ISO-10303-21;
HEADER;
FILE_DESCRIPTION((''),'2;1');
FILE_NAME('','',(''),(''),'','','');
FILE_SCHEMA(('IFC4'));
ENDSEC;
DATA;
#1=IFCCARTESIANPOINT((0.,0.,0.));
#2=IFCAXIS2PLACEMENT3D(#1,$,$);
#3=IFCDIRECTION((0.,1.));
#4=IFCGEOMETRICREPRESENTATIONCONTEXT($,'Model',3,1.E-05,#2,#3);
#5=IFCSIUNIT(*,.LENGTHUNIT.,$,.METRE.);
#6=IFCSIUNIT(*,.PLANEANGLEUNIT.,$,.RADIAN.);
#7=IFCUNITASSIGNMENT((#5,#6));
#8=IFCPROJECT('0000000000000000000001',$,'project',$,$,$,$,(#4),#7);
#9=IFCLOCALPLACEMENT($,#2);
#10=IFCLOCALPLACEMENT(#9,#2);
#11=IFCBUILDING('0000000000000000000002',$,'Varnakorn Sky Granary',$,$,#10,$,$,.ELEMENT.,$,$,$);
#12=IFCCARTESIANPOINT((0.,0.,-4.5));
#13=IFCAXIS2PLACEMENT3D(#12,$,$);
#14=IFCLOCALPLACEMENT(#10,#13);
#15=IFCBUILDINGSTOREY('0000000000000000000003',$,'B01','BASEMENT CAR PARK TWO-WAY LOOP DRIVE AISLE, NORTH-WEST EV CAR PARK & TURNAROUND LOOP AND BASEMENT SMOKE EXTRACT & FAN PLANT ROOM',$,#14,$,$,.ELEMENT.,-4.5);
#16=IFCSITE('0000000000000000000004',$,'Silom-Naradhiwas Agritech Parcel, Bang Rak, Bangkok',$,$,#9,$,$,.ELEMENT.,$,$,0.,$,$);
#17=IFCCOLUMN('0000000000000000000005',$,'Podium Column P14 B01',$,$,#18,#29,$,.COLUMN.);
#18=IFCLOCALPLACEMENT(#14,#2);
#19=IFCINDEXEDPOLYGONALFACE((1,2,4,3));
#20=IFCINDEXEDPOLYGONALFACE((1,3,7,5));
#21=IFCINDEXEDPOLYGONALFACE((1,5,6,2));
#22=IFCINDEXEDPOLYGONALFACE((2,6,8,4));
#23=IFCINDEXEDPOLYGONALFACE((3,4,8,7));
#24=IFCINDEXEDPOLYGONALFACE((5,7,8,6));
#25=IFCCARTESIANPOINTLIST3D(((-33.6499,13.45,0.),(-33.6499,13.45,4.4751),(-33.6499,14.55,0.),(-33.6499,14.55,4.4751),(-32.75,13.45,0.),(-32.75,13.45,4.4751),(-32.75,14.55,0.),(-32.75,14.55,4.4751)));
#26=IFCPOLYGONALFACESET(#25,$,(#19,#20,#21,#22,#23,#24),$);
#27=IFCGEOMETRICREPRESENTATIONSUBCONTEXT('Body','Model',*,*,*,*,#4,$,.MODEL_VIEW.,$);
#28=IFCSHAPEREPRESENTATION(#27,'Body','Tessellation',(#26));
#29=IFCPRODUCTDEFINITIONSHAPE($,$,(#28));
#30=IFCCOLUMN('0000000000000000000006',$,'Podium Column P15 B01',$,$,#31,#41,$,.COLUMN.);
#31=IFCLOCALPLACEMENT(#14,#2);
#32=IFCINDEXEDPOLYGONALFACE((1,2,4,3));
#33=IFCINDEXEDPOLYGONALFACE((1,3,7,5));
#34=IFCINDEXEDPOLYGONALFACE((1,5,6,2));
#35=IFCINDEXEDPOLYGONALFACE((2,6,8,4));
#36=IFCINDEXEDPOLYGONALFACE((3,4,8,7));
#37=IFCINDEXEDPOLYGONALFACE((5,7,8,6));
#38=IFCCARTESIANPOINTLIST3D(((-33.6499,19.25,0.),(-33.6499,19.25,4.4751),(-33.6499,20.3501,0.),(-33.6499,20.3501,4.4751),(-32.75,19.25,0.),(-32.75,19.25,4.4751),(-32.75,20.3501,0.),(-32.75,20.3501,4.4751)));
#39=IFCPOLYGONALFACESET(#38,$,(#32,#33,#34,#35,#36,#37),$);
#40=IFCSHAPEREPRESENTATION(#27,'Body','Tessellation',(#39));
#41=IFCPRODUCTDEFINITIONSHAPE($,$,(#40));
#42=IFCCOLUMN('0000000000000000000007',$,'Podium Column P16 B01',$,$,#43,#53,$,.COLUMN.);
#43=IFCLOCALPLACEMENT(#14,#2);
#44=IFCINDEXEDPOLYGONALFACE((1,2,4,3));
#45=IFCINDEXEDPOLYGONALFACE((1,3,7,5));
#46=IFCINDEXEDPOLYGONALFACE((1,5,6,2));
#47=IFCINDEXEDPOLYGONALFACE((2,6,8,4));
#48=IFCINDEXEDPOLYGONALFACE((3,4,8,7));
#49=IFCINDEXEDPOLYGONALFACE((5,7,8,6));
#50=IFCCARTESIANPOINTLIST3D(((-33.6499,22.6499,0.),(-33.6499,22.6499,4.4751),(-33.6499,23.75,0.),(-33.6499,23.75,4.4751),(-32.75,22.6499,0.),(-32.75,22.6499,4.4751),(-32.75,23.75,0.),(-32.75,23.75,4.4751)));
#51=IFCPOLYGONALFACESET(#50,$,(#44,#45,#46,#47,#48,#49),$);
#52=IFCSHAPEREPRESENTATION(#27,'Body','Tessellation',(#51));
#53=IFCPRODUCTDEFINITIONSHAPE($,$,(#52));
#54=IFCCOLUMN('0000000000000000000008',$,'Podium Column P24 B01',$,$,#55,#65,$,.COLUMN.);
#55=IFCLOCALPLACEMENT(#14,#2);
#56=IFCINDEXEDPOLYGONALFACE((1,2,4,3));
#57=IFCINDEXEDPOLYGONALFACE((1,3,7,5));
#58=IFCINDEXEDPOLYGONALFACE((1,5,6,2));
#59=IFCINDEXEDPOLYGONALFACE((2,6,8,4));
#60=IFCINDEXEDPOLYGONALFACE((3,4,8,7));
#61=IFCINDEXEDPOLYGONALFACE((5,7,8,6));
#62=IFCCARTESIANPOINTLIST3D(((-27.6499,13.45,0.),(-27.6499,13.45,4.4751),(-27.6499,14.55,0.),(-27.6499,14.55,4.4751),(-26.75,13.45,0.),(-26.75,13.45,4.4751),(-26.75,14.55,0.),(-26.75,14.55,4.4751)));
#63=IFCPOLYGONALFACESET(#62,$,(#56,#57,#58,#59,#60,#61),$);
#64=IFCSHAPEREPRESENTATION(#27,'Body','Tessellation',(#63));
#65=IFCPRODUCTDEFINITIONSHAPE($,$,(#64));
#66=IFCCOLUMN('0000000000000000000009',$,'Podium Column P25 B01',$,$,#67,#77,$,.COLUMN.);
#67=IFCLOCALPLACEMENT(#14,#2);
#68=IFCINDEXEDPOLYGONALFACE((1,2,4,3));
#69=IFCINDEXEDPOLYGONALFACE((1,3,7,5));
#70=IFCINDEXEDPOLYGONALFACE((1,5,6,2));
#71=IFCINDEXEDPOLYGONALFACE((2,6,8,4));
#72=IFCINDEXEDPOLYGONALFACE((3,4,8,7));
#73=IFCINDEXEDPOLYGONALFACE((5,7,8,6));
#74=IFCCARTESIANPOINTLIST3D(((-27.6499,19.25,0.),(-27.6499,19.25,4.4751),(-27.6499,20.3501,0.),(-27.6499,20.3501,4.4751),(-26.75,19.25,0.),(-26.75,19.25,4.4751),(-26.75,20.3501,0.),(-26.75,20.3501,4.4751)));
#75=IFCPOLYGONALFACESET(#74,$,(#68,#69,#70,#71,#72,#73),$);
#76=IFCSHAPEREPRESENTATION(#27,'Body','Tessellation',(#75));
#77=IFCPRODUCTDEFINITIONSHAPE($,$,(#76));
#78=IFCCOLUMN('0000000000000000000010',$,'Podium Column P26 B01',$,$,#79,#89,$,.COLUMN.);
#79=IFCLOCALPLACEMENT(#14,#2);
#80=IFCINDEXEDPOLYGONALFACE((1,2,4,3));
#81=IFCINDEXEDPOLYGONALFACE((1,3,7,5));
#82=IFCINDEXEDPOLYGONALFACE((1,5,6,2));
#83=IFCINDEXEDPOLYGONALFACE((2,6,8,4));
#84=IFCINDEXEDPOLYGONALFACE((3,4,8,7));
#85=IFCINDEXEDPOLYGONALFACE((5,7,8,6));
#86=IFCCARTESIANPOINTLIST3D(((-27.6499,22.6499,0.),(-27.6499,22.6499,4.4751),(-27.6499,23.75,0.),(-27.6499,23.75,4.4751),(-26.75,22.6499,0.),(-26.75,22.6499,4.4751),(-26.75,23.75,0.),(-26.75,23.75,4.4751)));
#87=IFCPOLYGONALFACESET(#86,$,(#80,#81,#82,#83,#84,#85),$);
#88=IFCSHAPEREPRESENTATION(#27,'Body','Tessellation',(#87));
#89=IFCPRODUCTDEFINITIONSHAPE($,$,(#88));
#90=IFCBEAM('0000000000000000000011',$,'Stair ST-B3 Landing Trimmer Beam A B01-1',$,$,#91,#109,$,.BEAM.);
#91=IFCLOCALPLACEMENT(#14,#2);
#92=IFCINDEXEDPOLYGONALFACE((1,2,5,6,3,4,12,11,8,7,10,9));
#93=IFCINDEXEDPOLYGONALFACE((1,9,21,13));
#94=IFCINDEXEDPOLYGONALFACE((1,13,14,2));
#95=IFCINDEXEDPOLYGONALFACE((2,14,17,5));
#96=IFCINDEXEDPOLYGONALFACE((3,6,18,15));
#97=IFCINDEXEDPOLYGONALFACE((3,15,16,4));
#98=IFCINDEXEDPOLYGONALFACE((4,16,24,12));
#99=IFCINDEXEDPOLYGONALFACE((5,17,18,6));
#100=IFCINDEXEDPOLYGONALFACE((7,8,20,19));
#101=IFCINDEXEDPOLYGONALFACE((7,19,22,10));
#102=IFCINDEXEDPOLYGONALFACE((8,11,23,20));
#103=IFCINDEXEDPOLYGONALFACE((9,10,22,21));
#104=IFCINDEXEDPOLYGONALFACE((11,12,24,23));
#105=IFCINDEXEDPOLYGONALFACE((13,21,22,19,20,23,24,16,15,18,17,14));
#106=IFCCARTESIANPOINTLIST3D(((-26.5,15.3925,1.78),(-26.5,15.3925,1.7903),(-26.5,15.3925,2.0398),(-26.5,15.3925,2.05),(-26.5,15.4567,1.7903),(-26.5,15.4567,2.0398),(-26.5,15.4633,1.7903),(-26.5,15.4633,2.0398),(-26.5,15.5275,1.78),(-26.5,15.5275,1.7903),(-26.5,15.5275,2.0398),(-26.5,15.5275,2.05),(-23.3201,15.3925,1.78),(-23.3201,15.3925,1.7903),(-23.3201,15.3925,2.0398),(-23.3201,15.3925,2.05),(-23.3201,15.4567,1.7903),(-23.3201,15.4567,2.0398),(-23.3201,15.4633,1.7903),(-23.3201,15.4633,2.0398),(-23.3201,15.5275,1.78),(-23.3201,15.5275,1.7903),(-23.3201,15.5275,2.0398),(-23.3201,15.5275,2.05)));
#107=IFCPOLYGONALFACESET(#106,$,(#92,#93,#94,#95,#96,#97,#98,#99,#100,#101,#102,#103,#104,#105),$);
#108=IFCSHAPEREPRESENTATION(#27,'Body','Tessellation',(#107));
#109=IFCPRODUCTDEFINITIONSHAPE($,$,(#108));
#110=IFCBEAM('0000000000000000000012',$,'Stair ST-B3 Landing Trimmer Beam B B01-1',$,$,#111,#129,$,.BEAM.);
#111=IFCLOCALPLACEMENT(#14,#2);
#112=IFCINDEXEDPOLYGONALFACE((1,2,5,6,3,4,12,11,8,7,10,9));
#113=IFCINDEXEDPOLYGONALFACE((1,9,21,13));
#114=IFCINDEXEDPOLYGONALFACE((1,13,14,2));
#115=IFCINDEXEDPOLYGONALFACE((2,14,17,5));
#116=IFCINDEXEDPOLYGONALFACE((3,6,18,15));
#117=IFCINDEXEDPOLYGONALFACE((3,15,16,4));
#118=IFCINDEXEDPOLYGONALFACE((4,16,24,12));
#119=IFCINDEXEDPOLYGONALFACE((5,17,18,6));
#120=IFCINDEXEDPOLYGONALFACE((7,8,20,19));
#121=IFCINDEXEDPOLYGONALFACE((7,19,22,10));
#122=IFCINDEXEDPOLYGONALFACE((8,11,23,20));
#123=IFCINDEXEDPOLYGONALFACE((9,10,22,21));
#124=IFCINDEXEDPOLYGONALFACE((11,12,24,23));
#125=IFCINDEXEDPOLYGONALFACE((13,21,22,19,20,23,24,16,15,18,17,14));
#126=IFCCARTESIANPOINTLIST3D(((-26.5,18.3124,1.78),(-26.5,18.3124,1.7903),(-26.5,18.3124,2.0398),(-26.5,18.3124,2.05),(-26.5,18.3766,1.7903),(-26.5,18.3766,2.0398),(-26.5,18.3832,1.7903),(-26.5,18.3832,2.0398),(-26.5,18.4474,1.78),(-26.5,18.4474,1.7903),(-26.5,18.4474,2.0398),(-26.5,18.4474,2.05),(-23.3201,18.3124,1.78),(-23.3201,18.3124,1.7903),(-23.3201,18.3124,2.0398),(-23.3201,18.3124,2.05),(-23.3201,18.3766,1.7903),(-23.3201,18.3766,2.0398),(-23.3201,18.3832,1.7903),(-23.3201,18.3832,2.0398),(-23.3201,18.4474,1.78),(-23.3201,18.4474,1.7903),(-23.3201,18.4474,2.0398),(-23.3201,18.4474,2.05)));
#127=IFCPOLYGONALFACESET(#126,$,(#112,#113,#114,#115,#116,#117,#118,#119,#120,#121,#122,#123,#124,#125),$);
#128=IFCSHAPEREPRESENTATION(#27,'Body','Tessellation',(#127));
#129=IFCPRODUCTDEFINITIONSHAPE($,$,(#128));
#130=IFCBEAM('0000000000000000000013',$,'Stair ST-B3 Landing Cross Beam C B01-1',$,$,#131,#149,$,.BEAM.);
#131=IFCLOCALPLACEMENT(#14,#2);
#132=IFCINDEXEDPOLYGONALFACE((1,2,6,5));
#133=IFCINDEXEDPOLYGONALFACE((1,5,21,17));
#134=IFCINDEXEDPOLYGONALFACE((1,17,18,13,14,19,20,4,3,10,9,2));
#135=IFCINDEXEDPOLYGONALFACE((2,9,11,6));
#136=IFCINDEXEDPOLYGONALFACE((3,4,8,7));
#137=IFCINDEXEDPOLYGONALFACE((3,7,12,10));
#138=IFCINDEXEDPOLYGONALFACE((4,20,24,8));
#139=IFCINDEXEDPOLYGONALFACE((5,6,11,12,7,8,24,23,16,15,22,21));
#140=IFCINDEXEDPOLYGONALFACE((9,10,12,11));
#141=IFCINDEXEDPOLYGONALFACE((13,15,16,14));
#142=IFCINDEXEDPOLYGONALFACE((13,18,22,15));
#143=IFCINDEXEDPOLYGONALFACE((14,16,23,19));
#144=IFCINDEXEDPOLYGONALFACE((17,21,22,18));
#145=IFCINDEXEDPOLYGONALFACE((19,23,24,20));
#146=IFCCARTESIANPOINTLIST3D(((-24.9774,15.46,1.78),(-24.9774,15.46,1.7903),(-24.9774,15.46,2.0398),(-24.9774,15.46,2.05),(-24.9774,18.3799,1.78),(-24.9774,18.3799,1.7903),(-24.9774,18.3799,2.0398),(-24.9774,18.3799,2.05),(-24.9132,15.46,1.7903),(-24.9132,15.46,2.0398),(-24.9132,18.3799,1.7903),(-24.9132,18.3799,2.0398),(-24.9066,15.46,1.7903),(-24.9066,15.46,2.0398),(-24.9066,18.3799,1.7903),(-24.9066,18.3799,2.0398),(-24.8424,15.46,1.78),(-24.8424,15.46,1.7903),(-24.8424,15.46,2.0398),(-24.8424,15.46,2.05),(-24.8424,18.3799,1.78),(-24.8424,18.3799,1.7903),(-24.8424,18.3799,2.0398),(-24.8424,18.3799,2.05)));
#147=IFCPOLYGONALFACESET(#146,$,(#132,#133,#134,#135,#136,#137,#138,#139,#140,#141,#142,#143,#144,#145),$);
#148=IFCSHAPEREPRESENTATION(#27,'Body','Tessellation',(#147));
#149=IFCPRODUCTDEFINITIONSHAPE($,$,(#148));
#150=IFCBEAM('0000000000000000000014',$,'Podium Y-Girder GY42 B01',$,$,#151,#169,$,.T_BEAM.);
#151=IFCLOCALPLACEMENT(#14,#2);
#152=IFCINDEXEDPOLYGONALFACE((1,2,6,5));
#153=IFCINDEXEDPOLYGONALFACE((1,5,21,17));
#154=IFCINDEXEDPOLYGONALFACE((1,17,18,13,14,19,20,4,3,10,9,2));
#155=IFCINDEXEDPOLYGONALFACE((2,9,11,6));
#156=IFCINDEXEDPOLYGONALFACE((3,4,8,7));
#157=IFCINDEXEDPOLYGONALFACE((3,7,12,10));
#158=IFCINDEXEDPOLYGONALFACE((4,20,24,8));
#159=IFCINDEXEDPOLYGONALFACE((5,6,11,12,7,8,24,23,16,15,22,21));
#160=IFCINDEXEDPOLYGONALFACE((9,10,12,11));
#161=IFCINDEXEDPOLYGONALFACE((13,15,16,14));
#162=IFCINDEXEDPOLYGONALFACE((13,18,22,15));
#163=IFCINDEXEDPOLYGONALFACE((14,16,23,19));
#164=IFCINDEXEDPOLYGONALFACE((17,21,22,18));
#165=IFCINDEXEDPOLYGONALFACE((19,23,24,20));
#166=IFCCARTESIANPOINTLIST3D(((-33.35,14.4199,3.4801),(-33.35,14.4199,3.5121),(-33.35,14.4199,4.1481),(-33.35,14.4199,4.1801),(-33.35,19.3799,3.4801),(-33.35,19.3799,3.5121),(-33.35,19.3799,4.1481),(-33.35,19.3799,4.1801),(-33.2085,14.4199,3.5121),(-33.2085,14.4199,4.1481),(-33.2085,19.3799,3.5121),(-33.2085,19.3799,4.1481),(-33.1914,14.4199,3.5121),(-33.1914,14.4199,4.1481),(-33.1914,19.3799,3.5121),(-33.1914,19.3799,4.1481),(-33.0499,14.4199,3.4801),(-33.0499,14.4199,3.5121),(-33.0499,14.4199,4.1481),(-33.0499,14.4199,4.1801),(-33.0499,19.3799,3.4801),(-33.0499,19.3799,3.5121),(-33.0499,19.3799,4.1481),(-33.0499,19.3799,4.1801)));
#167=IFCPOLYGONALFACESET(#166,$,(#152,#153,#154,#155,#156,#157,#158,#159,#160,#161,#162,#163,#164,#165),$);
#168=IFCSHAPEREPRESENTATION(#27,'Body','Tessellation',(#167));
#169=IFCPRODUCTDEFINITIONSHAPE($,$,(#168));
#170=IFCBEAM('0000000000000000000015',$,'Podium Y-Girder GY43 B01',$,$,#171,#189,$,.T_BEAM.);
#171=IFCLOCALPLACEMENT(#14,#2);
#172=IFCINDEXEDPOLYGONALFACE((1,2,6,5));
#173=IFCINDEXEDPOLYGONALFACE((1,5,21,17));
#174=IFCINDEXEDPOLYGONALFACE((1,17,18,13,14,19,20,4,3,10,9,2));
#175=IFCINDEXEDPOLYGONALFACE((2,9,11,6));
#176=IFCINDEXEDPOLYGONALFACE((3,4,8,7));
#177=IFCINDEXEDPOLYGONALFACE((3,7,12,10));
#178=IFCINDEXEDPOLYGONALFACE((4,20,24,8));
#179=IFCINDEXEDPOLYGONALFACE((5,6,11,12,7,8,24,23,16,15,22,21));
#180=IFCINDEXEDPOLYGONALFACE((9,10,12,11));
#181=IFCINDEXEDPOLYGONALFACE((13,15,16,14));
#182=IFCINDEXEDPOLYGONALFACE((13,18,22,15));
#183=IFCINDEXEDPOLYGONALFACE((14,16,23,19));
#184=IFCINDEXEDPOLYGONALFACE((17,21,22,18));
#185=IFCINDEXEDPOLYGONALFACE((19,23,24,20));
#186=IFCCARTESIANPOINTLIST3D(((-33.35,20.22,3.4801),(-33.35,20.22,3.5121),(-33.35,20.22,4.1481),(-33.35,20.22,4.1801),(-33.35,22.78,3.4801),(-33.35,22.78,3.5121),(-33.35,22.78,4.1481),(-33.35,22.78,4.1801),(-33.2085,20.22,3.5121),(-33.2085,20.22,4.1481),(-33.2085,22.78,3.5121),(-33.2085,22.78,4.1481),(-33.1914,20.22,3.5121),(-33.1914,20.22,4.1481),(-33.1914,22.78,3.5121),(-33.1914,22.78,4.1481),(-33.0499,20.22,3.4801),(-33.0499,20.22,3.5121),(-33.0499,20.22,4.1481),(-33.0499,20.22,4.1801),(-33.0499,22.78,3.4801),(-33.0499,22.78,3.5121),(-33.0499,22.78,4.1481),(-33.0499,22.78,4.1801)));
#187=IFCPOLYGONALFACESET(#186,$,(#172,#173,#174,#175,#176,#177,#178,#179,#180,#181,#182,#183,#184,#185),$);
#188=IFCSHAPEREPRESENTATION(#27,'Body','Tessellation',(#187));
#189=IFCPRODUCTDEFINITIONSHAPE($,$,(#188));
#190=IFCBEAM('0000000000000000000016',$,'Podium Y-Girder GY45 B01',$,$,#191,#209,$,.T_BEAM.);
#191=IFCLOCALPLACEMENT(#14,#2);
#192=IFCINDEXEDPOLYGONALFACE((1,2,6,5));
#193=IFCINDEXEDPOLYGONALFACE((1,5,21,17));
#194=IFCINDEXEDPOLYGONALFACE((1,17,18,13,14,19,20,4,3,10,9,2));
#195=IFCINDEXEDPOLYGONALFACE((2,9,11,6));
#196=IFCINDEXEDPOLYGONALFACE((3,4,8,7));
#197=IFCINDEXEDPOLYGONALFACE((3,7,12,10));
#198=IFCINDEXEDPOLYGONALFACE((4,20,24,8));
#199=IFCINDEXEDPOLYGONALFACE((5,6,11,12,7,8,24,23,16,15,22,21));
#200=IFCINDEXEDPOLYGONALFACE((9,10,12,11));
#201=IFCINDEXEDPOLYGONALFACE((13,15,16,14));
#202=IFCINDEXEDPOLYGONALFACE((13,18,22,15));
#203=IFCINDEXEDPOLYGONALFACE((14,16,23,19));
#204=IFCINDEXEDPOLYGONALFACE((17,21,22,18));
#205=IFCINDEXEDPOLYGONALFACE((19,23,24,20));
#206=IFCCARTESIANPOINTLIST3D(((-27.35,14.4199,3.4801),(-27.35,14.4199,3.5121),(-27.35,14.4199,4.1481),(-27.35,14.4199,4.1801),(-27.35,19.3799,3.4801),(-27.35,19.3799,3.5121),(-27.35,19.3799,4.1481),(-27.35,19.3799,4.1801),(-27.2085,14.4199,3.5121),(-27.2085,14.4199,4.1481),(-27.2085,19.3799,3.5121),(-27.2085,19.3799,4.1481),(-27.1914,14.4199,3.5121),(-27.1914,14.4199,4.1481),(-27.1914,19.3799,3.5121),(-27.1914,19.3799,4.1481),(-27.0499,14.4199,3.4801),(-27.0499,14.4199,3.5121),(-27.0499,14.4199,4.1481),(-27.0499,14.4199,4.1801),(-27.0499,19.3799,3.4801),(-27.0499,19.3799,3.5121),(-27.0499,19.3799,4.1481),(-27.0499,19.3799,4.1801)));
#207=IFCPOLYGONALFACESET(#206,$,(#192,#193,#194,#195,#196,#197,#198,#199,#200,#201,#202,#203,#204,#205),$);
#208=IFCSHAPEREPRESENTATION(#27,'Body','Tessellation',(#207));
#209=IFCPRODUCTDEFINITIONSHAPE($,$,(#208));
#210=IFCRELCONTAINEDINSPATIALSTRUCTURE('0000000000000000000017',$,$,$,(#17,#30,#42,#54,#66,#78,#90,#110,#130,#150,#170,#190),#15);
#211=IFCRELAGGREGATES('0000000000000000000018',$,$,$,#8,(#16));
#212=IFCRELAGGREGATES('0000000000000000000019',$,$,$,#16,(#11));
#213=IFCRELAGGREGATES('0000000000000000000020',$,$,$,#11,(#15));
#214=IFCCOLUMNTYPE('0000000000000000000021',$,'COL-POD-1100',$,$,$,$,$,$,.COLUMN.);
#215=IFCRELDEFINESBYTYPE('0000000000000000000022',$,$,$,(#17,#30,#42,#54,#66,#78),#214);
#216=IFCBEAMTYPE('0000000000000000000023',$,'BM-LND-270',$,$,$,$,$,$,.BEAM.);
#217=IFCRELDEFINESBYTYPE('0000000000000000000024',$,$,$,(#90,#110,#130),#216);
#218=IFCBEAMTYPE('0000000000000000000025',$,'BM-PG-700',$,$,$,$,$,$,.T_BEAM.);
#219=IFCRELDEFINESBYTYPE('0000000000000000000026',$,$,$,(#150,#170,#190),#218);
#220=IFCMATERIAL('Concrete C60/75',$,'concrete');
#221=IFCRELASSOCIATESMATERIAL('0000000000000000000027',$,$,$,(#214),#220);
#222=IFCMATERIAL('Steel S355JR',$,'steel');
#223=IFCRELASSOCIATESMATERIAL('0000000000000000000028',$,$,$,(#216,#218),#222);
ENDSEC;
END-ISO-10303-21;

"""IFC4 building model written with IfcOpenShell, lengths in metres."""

from ifc_helpers import new_model, si_unit, direction, frame, origin, origin_2d, place, context, subcontext, project, spatial, rectangle, i_section, extrude, material, material_profile, profile_set, type_object, element, save


model = new_model("IFC4")

# Units and contexts
model_context = context("Model", 3, precision=1e-05, world=origin(), true_north=direction((0.0, 1.0)))
body_context = subcontext(model_context, "Body", "Model", "MODEL_VIEW")
ifc_project = project(units=[si_unit("LENGTHUNIT", "METRE"), si_unit("PLANEANGLEUNIT", "RADIAN")], contexts=[model_context])

# Site, building, storey
site_placement = place(None, origin())
site = spatial("IfcSite", under=ifc_project, at=site_placement, Name="Silom-Naradhiwas Agritech Parcel, Bang Rak, Bangkok", CompositionType="ELEMENT", RefElevation=0.0)
building_placement = place(site_placement, origin())
building = spatial("IfcBuilding", under=site, at=building_placement, Name="Varnakorn Sky Granary", CompositionType="ELEMENT")
storey_placement = place(building_placement, frame((0.0, 0.0, -4.5)))
storey = spatial("IfcBuildingStorey", under=building, at=storey_placement, Name="B01", Description="BASEMENT CAR PARK TWO-WAY LOOP DRIVE AISLE, NORTH-WEST EV CAR PARK & TURNAROUND LOOP AND BASEMENT SMOKE EXTRACT & FAN PLANT ROOM", CompositionType="ELEMENT", Elevation=-4.5)

# Columns
ifc_material_1 = material(Name="Concrete C60/75", Category="concrete")
ifc_material_profile_1 = material_profile(ifc_material_1, rectangle(XDim=0.8999, YDim=1.1001, at=origin_2d()), Name="RC 900x1100")
ifc_profile_set_1 = profile_set([ifc_material_profile_1], Name="Concrete C60/75")
column_type = type_object("IfcColumnType", Name="COL-POD-1100", PredefinedType="COLUMN", material=ifc_profile_set_1)
for number, where, z_axis, x_axis, name in (
    (1, (-33.2, 14.0, 0.0), (0.0, 0.0, 1.0), (1.0, 0.0, 0.0), "Podium Column P14 B01"),
    (2, (-33.2, 19.8, 0.0), (0.0, 0.0, 1.0), (1.0, 0.0, 0.0), "Podium Column P15 B01"),
    (3, (-33.2, 23.2, 0.0), (0.0, 0.0, 1.0), (1.0, 0.0, 0.0), "Podium Column P16 B01"),
    (4, (-27.2, 14.0, 0.0), (0.0, 0.0, 1.0), (1.0, 0.0, 0.0), "Podium Column P24 B01"),
    (5, (-27.2, 19.8, 0.0), (0.0, 0.0, 1.0), (1.0, 0.0, 0.0), "Podium Column P25 B01"),
    (6, (-27.2, 23.2, 0.0), (0.0, 0.0, 1.0), (1.0, 0.0, 0.0), "Podium Column P26 B01"),
):
    element("IfcColumn", number, at=place(storey_placement, frame(where, z_axis=z_axis, x_axis=x_axis)), inside=storey, type_object=column_type, Name=name, PredefinedType="COLUMN", context=body_context, shape_type="SweptSolid", body=[
        extrude(rectangle(XDim=0.8999, YDim=1.1001, at=origin_2d()), origin(), (0.0, 0.0, 1.0), 4.4751),
    ])

# Beams
ifc_material_2 = material(Name="Steel S355JR", Category="steel")
ifc_material_profile_2 = material_profile(ifc_material_2, i_section(OverallWidth=0.135, OverallDepth=0.27, WebThickness=0.0066, FlangeThickness=0.0103, at=origin_2d()), Name="IPE 270")
ifc_profile_set_2 = profile_set([ifc_material_profile_2], Name="Steel S355JR")
beam_type_1 = type_object("IfcBeamType", Name="BM-LND-270", PredefinedType="BEAM", material=ifc_profile_set_2)
for number, where, z_axis, x_axis, name in (
    (7, (-26.5, 15.46, 1.915), (1.0, 0.0, 0.0), (0.0, 1.0, 0.0), "Stair ST-B3 Landing Trimmer Beam A B01-1"),
    (8, (-26.5, 18.3799, 1.915), (1.0, 0.0, 0.0), (0.0, 1.0, 0.0), "Stair ST-B3 Landing Trimmer Beam B B01-1"),
):
    element("IfcBeam", number, at=place(storey_placement, frame(where, z_axis=z_axis, x_axis=x_axis)), inside=storey, type_object=beam_type_1, Name=name, PredefinedType="BEAM", context=body_context, shape_type="SweptSolid", body=[
        extrude(i_section(OverallWidth=0.135, OverallDepth=0.27, WebThickness=0.0066, FlangeThickness=0.0103, at=origin_2d()), origin(), (0.0, 0.0, 1.0), 3.1799),
    ])
beam_1_placement = place(storey_placement, frame((-24.9099, 15.46, 1.915), z_axis=(0.0, 1.0, 0.0), x_axis=(-1.0, 0.0, 0.0)))
element("IfcBeam", 9, at=beam_1_placement, inside=storey, type_object=beam_type_1, Name="Stair ST-B3 Landing Cross Beam C B01-1", PredefinedType="BEAM", context=body_context, shape_type="SweptSolid", body=[
    extrude(i_section(OverallWidth=0.135, OverallDepth=0.27, WebThickness=0.0066, FlangeThickness=0.0103, at=origin_2d()), origin(), (0.0, 0.0, 1.0), 2.9199),
])
ifc_material_profile_3 = material_profile(ifc_material_2, i_section(OverallWidth=0.3, OverallDepth=0.7, WebThickness=0.0171, FlangeThickness=0.032, at=origin_2d()), Name="HE 700 B")
ifc_profile_set_3 = profile_set([ifc_material_profile_3], Name="Steel S355JR")
beam_type_2 = type_object("IfcBeamType", Name="BM-PG-700", PredefinedType="T_BEAM", material=ifc_profile_set_3)
beam_2_placement = place(storey_placement, frame((-33.2, 14.4199, 3.8301), z_axis=(0.0, 1.0, 0.0), x_axis=(-1.0, 0.0, 0.0)))
element("IfcBeam", 10, at=beam_2_placement, inside=storey, type_object=beam_type_2, Name="Podium Y-Girder GY42 B01", PredefinedType="T_BEAM", context=body_context, shape_type="SweptSolid", body=[
    extrude(i_section(OverallWidth=0.3, OverallDepth=0.7, WebThickness=0.0171, FlangeThickness=0.032, at=origin_2d()), origin(), (0.0, 0.0, 1.0), 4.96),
])
beam_3_placement = place(storey_placement, frame((-33.2, 20.22, 3.8301), z_axis=(0.0, 1.0, 0.0), x_axis=(-1.0, 0.0, 0.0)))
element("IfcBeam", 11, at=beam_3_placement, inside=storey, type_object=beam_type_2, Name="Podium Y-Girder GY43 B01", PredefinedType="T_BEAM", context=body_context, shape_type="SweptSolid", body=[
    extrude(i_section(OverallWidth=0.3, OverallDepth=0.7, WebThickness=0.0171, FlangeThickness=0.032, at=origin_2d()), origin(), (0.0, 0.0, 1.0), 2.5601),
])
beam_4_placement = place(storey_placement, frame((-27.2, 14.4199, 3.8301), z_axis=(0.0, 1.0, 0.0), x_axis=(-1.0, 0.0, 0.0)))
element("IfcBeam", 12, at=beam_4_placement, inside=storey, type_object=beam_type_2, Name="Podium Y-Girder GY45 B01", PredefinedType="T_BEAM", context=body_context, shape_type="SweptSolid", body=[
    extrude(i_section(OverallWidth=0.3, OverallDepth=0.7, WebThickness=0.0171, FlangeThickness=0.032, at=origin_2d()), origin(), (0.0, 0.0, 1.0), 4.96),
])

save(model, "model.ifc")
